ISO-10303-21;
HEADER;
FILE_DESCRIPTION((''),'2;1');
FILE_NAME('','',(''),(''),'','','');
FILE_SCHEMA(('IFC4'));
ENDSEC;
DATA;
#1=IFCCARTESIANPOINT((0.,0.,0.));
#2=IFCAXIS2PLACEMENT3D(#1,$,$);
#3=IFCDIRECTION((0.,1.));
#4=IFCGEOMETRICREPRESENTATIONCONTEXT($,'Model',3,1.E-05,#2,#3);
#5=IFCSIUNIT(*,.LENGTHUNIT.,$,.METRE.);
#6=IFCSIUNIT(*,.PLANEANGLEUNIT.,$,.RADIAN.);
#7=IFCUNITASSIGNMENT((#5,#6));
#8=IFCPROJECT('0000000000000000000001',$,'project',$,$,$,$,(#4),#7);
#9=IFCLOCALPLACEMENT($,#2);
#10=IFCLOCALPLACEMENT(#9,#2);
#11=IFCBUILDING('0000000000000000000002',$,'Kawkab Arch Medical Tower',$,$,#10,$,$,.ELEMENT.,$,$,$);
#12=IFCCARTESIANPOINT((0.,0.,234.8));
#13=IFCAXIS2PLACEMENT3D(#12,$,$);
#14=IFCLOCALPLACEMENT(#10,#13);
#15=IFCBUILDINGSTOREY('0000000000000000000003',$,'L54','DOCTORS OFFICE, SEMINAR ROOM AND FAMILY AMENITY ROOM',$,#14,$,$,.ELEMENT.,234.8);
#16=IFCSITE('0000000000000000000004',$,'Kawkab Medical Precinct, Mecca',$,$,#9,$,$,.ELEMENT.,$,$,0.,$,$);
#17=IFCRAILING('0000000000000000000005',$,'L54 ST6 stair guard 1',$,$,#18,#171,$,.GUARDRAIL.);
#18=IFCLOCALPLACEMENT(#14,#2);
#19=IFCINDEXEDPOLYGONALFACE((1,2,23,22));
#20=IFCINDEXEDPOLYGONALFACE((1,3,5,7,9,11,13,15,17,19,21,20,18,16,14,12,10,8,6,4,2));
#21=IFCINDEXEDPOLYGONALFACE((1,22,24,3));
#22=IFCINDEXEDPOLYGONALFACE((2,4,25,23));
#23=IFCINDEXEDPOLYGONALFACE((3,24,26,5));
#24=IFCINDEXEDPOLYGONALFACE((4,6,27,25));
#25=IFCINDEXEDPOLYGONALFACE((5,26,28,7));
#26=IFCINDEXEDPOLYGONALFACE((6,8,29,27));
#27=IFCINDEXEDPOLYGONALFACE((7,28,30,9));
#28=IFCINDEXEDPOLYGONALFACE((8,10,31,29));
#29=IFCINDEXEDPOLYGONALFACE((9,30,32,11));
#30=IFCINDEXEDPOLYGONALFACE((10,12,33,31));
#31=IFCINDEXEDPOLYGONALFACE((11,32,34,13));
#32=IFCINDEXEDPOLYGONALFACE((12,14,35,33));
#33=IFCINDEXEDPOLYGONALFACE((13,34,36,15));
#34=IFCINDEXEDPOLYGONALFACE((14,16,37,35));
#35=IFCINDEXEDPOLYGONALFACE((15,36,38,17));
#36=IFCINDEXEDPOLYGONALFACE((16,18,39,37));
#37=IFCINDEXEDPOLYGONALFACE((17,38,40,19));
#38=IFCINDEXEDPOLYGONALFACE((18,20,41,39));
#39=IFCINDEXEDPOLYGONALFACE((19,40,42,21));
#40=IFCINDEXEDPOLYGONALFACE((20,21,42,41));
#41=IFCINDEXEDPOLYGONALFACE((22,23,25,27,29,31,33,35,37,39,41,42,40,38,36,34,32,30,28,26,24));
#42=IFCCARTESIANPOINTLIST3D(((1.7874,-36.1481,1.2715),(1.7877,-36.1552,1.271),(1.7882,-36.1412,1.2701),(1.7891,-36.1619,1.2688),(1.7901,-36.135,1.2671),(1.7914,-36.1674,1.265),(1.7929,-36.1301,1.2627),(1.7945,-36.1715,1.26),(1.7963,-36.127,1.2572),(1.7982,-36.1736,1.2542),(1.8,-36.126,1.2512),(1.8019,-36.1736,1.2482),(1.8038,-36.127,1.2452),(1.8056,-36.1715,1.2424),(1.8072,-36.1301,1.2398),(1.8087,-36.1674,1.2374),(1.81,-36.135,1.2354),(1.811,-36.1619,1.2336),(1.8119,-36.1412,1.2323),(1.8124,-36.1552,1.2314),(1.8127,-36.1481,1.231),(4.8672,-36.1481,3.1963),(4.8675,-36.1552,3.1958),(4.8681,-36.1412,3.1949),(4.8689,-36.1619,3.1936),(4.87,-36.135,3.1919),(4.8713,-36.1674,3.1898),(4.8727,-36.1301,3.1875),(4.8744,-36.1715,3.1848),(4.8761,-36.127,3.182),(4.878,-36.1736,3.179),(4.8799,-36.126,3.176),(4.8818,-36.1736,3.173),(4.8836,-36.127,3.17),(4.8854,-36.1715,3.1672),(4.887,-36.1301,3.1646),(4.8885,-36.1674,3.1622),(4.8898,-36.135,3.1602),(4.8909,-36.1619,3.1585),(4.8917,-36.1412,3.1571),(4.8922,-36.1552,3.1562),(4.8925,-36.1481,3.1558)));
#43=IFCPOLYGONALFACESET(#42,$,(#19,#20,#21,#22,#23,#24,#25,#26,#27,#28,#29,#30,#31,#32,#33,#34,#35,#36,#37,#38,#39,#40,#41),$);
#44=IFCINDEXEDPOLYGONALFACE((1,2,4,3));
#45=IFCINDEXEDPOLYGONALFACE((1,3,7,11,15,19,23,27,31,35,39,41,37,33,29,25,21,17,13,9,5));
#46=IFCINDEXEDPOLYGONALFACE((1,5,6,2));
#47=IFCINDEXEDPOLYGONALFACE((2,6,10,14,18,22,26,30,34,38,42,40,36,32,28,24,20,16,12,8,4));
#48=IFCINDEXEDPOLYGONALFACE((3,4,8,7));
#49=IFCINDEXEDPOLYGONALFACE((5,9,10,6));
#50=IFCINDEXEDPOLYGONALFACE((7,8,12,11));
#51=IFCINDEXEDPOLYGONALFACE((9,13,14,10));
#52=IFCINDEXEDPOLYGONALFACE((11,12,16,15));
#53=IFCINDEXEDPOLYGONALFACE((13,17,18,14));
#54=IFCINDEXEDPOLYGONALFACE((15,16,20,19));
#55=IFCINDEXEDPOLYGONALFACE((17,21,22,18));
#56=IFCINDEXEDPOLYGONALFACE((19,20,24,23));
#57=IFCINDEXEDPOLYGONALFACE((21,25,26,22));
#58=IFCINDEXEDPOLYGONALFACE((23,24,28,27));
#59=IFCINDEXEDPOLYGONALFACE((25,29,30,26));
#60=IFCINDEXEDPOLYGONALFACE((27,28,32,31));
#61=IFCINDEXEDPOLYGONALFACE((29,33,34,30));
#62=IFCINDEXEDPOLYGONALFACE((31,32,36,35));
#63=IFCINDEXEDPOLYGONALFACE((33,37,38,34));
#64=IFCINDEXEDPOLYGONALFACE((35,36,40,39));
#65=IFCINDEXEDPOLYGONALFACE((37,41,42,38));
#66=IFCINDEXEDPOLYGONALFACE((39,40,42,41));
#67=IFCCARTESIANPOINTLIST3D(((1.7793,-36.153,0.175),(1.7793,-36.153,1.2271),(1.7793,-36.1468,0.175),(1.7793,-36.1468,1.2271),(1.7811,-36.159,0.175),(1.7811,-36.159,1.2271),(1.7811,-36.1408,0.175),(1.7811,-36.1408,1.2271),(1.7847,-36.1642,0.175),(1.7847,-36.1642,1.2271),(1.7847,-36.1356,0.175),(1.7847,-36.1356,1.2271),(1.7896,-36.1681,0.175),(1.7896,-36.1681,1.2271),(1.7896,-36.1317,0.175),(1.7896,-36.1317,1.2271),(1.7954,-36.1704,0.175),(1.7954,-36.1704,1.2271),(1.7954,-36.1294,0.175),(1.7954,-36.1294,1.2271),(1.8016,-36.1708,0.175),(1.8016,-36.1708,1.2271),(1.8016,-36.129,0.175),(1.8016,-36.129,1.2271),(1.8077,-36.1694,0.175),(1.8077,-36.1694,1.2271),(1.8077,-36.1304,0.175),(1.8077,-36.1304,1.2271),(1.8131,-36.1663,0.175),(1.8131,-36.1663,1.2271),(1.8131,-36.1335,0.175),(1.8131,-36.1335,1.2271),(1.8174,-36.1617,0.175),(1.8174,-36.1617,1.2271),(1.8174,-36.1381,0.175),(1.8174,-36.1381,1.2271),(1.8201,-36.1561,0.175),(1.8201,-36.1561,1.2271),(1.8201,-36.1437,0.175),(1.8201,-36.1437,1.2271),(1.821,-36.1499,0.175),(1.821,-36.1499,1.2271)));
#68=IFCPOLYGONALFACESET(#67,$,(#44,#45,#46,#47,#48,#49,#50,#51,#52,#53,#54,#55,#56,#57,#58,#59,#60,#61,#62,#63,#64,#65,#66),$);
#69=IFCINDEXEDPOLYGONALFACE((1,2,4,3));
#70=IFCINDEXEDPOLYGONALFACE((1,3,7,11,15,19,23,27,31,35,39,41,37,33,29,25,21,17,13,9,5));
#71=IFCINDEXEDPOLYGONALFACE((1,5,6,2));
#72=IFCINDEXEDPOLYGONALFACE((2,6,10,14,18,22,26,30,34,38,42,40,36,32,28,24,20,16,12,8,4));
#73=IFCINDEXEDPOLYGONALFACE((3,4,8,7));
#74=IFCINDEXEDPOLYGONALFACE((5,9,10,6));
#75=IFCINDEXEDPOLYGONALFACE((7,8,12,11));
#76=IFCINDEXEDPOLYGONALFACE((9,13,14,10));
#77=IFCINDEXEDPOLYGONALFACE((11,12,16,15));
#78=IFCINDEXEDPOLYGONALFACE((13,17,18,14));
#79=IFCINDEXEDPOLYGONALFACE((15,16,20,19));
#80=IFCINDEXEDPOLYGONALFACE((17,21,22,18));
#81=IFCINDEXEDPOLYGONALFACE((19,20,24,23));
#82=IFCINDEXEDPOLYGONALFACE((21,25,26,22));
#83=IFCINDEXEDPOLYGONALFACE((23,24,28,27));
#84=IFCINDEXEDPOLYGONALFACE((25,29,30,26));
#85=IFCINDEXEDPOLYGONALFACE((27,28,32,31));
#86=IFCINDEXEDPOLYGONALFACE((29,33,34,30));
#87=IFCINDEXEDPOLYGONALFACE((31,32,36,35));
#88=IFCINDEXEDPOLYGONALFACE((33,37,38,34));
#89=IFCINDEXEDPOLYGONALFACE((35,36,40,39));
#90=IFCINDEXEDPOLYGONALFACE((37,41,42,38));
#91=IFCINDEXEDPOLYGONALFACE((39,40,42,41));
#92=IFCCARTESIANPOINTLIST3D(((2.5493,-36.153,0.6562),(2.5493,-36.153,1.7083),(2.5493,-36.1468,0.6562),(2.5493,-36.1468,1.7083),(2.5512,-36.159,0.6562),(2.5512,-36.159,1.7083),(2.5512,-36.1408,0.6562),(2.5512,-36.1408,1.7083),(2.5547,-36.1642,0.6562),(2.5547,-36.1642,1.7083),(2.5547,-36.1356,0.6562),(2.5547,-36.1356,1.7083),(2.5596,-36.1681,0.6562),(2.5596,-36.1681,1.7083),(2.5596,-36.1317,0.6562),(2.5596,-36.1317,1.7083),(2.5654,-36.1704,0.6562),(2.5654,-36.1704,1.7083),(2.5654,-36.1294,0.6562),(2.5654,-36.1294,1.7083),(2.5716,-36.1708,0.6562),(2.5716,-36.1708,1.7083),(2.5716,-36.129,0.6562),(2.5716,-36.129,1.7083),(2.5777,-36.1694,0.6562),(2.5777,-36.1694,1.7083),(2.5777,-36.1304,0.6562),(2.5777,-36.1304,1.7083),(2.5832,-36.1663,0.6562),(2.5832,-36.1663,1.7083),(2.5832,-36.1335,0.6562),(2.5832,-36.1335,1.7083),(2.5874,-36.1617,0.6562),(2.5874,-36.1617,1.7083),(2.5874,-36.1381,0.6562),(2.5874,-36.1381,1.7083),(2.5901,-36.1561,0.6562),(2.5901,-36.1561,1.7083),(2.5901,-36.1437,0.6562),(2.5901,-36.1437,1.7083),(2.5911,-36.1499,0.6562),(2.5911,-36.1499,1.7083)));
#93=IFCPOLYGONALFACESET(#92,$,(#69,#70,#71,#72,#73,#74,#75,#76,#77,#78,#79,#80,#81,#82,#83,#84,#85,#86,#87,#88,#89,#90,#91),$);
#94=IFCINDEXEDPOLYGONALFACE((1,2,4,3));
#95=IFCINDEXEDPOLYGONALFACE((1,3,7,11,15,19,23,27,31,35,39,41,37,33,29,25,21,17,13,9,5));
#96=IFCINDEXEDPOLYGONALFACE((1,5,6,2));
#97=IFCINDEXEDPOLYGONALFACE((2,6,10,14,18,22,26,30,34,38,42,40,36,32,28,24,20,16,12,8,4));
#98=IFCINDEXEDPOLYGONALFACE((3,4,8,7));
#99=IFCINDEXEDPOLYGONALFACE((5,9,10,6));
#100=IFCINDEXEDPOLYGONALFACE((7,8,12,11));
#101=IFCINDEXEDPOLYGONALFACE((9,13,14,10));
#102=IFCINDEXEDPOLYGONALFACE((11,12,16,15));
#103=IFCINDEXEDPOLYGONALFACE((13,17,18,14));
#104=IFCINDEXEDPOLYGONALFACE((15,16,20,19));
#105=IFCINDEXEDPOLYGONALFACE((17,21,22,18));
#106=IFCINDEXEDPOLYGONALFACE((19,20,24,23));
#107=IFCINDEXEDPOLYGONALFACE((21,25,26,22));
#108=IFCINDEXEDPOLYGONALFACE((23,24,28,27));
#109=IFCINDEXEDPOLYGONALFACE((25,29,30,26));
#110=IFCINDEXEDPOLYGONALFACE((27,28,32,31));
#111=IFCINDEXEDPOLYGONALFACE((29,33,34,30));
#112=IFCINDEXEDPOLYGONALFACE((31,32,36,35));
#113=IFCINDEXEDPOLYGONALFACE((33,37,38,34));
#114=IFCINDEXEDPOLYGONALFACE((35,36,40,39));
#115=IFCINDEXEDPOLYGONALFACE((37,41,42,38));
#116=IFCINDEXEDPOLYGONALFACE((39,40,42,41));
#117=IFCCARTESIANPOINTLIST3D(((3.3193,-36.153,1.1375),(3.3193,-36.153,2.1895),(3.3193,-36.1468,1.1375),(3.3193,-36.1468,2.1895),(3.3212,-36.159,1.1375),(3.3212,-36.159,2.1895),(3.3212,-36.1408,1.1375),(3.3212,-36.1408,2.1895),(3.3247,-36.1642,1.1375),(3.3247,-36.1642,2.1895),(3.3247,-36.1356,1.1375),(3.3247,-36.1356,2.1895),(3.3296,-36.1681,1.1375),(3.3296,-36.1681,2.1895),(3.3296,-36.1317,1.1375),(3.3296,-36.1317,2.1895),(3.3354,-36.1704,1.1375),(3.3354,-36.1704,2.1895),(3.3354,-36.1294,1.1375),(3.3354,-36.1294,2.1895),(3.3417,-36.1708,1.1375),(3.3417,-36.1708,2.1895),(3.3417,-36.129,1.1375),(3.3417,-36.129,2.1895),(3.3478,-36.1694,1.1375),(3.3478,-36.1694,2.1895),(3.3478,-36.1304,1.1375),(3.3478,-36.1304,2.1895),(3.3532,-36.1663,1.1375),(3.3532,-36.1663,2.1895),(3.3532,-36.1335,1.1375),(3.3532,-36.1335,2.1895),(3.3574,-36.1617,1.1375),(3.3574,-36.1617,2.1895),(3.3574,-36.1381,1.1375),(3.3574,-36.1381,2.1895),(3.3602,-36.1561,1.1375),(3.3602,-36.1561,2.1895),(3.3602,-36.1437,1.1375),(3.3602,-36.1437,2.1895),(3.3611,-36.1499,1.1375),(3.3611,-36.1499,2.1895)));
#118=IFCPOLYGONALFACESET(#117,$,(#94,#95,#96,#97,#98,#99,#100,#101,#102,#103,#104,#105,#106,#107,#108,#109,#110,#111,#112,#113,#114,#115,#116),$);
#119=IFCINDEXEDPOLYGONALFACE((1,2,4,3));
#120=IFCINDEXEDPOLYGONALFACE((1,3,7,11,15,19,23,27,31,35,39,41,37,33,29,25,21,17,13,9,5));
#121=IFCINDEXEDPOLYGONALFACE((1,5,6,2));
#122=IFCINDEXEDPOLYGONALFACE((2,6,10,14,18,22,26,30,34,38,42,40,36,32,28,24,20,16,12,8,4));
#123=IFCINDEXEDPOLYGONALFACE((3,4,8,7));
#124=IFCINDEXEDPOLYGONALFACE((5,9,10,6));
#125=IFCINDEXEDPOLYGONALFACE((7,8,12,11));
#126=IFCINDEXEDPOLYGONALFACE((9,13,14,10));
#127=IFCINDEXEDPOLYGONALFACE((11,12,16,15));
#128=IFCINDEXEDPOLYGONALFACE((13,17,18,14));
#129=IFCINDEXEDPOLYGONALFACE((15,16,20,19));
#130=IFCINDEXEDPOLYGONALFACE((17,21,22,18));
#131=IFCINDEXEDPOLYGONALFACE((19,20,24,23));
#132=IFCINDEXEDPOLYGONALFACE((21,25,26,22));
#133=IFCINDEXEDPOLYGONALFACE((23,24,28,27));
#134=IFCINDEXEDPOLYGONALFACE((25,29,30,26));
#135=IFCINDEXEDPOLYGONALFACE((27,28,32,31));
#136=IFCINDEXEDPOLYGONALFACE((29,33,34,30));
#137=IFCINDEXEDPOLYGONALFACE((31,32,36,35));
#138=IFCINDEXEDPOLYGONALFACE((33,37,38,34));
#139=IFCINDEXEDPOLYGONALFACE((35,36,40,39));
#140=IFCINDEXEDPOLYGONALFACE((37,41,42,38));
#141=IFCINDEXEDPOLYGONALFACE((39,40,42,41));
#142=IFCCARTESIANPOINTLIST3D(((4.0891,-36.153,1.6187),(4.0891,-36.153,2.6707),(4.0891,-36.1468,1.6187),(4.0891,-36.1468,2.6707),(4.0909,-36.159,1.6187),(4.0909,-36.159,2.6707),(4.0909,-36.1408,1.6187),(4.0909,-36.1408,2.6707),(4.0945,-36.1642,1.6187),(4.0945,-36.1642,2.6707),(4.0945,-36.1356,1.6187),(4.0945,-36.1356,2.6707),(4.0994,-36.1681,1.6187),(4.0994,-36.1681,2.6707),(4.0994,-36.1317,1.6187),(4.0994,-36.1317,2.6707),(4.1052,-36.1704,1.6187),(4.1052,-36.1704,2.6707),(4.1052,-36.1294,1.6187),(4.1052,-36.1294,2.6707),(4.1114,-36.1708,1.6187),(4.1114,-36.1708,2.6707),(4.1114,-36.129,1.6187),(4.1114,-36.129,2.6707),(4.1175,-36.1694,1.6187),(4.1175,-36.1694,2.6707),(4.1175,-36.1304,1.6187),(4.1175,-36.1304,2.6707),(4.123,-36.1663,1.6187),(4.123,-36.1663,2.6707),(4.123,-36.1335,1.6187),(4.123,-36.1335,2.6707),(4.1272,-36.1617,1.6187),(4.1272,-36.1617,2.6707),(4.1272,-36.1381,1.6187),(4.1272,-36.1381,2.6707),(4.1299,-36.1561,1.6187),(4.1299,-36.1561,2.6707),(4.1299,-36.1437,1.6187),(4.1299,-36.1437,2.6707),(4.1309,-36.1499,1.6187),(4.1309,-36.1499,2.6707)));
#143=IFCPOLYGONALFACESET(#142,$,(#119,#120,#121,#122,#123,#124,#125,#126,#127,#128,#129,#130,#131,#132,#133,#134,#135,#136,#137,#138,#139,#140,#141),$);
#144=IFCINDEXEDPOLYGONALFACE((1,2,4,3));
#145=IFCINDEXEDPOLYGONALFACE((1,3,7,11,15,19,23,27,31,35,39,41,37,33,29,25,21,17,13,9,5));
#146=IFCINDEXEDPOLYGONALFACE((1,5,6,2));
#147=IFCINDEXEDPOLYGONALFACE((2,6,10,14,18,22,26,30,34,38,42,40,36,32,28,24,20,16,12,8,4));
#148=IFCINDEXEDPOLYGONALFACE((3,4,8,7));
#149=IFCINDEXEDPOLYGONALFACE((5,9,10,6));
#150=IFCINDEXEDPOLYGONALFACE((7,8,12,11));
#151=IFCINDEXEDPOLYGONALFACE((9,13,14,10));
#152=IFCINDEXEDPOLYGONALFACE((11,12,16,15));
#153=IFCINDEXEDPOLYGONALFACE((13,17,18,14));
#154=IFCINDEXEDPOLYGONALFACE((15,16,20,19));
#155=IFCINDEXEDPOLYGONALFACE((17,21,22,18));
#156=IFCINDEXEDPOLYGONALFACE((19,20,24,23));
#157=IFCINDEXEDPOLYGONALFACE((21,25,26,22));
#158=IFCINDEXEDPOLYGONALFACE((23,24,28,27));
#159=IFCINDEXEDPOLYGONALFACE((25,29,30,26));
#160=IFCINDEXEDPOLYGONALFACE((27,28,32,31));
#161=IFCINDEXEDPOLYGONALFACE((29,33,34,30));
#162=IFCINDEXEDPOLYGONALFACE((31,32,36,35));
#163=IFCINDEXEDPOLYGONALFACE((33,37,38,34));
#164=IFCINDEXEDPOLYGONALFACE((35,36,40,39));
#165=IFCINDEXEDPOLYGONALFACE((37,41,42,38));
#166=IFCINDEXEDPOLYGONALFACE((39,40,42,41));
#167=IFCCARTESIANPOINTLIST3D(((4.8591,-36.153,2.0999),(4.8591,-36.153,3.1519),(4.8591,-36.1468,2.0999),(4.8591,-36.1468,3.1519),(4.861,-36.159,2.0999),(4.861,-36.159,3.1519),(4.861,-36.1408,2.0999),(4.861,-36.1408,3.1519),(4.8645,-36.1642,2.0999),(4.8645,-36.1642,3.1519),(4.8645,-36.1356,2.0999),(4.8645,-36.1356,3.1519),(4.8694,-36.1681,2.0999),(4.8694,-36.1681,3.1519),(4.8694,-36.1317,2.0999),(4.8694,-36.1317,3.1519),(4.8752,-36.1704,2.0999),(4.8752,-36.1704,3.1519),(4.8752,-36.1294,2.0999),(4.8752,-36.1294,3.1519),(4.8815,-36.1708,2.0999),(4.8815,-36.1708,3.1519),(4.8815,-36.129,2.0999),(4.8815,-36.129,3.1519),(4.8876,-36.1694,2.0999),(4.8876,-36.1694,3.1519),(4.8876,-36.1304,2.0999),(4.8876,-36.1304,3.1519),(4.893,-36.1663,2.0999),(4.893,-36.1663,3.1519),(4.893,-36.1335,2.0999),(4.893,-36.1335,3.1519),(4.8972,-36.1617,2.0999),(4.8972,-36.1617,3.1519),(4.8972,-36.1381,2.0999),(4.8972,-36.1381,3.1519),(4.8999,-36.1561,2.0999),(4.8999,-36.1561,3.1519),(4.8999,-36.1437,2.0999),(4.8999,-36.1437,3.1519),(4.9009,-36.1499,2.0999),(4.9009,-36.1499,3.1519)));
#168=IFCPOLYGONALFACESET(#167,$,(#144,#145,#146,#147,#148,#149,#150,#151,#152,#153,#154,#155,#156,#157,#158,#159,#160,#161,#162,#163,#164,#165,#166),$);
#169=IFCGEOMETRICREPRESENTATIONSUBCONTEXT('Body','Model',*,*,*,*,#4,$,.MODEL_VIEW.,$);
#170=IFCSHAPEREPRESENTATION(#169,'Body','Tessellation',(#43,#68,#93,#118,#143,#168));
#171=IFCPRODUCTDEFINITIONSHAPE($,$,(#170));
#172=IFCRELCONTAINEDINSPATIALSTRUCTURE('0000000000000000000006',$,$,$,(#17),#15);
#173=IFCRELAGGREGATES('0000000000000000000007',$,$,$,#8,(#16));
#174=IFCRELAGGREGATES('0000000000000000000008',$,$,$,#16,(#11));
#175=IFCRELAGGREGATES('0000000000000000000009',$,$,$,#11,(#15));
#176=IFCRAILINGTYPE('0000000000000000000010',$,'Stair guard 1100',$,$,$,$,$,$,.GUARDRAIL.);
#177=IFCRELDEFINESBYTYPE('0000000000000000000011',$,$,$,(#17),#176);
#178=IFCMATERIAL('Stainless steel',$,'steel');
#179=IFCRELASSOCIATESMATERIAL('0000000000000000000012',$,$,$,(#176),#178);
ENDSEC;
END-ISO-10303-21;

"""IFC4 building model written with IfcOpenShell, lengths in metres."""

from ifc_helpers import new_model, si_unit, direction, frame, origin, origin_2d, place, context, subcontext, project, spatial, circle, extrude, material, type_object, element, save


model = new_model("IFC4")

# Units and contexts
model_context = context("Model", 3, precision=1e-05, world=origin(), true_north=direction((0.0, 1.0)))
body_context = subcontext(model_context, "Body", "Model", "MODEL_VIEW")
ifc_project = project(units=[si_unit("LENGTHUNIT", "METRE"), si_unit("PLANEANGLEUNIT", "RADIAN")], contexts=[model_context])

# Site, building, storey
site_placement = place(None, origin())
site = spatial("IfcSite", under=ifc_project, at=site_placement, Name="Kawkab Medical Precinct, Mecca", CompositionType="ELEMENT", RefElevation=0.0)
building_placement = place(site_placement, origin())
building = spatial("IfcBuilding", under=site, at=building_placement, Name="Kawkab Arch Medical Tower", CompositionType="ELEMENT")
storey_placement = place(building_placement, frame((0.0, 0.0, 234.8)))
storey = spatial("IfcBuildingStorey", under=building, at=storey_placement, Name="L54", Description="DOCTORS OFFICE, SEMINAR ROOM AND FAMILY AMENITY ROOM", CompositionType="ELEMENT", Elevation=234.8)

# Railing
ifc_material_1 = material(Name="Stainless steel", Category="steel")
railing_type_1 = type_object("IfcRailingType", Name="Stair guard 1100", PredefinedType="GUARDRAIL", material=ifc_material_1)
railing_1_placement = place(storey_placement, frame((1.8, -36.1499, 0.175)))
element("IfcRailing", 1, at=railing_1_placement, inside=storey, type_object=railing_type_1, Name="L54 ST6 stair guard 1", PredefinedType="GUARDRAIL", context=body_context, shape_type="SweptSolid", body=[
    extrude(circle(Radius=0.0239, at=origin_2d()), frame((0.0, 0.0, 1.0762), z_axis=(0.84801, 0.0, 0.529981), x_axis=(0.0, 1.0, 0.0)), (0.0, 0.0, 1.0), 3.6318),
    extrude(circle(Radius=0.021, at=origin_2d()), origin(), (0.0, 0.0, 1.0), 1.052),
    extrude(circle(Radius=0.021, at=origin_2d()), frame((0.77, 0.0, 0.4812)), (0.0, 0.0, 1.0), 1.052),
    extrude(circle(Radius=0.021, at=origin_2d()), frame((1.54, 0.0, 0.9624)), (0.0, 0.0, 1.0), 1.052),
    extrude(circle(Radius=0.021, at=origin_2d()), frame((2.3098, 0.0, 1.4436)), (0.0, 0.0, 1.0), 1.052),
    extrude(circle(Radius=0.021, at=origin_2d()), frame((3.0798, 0.0, 1.9248)), (0.0, 0.0, 1.0), 1.052),
])

save(model, "model.ifc")
